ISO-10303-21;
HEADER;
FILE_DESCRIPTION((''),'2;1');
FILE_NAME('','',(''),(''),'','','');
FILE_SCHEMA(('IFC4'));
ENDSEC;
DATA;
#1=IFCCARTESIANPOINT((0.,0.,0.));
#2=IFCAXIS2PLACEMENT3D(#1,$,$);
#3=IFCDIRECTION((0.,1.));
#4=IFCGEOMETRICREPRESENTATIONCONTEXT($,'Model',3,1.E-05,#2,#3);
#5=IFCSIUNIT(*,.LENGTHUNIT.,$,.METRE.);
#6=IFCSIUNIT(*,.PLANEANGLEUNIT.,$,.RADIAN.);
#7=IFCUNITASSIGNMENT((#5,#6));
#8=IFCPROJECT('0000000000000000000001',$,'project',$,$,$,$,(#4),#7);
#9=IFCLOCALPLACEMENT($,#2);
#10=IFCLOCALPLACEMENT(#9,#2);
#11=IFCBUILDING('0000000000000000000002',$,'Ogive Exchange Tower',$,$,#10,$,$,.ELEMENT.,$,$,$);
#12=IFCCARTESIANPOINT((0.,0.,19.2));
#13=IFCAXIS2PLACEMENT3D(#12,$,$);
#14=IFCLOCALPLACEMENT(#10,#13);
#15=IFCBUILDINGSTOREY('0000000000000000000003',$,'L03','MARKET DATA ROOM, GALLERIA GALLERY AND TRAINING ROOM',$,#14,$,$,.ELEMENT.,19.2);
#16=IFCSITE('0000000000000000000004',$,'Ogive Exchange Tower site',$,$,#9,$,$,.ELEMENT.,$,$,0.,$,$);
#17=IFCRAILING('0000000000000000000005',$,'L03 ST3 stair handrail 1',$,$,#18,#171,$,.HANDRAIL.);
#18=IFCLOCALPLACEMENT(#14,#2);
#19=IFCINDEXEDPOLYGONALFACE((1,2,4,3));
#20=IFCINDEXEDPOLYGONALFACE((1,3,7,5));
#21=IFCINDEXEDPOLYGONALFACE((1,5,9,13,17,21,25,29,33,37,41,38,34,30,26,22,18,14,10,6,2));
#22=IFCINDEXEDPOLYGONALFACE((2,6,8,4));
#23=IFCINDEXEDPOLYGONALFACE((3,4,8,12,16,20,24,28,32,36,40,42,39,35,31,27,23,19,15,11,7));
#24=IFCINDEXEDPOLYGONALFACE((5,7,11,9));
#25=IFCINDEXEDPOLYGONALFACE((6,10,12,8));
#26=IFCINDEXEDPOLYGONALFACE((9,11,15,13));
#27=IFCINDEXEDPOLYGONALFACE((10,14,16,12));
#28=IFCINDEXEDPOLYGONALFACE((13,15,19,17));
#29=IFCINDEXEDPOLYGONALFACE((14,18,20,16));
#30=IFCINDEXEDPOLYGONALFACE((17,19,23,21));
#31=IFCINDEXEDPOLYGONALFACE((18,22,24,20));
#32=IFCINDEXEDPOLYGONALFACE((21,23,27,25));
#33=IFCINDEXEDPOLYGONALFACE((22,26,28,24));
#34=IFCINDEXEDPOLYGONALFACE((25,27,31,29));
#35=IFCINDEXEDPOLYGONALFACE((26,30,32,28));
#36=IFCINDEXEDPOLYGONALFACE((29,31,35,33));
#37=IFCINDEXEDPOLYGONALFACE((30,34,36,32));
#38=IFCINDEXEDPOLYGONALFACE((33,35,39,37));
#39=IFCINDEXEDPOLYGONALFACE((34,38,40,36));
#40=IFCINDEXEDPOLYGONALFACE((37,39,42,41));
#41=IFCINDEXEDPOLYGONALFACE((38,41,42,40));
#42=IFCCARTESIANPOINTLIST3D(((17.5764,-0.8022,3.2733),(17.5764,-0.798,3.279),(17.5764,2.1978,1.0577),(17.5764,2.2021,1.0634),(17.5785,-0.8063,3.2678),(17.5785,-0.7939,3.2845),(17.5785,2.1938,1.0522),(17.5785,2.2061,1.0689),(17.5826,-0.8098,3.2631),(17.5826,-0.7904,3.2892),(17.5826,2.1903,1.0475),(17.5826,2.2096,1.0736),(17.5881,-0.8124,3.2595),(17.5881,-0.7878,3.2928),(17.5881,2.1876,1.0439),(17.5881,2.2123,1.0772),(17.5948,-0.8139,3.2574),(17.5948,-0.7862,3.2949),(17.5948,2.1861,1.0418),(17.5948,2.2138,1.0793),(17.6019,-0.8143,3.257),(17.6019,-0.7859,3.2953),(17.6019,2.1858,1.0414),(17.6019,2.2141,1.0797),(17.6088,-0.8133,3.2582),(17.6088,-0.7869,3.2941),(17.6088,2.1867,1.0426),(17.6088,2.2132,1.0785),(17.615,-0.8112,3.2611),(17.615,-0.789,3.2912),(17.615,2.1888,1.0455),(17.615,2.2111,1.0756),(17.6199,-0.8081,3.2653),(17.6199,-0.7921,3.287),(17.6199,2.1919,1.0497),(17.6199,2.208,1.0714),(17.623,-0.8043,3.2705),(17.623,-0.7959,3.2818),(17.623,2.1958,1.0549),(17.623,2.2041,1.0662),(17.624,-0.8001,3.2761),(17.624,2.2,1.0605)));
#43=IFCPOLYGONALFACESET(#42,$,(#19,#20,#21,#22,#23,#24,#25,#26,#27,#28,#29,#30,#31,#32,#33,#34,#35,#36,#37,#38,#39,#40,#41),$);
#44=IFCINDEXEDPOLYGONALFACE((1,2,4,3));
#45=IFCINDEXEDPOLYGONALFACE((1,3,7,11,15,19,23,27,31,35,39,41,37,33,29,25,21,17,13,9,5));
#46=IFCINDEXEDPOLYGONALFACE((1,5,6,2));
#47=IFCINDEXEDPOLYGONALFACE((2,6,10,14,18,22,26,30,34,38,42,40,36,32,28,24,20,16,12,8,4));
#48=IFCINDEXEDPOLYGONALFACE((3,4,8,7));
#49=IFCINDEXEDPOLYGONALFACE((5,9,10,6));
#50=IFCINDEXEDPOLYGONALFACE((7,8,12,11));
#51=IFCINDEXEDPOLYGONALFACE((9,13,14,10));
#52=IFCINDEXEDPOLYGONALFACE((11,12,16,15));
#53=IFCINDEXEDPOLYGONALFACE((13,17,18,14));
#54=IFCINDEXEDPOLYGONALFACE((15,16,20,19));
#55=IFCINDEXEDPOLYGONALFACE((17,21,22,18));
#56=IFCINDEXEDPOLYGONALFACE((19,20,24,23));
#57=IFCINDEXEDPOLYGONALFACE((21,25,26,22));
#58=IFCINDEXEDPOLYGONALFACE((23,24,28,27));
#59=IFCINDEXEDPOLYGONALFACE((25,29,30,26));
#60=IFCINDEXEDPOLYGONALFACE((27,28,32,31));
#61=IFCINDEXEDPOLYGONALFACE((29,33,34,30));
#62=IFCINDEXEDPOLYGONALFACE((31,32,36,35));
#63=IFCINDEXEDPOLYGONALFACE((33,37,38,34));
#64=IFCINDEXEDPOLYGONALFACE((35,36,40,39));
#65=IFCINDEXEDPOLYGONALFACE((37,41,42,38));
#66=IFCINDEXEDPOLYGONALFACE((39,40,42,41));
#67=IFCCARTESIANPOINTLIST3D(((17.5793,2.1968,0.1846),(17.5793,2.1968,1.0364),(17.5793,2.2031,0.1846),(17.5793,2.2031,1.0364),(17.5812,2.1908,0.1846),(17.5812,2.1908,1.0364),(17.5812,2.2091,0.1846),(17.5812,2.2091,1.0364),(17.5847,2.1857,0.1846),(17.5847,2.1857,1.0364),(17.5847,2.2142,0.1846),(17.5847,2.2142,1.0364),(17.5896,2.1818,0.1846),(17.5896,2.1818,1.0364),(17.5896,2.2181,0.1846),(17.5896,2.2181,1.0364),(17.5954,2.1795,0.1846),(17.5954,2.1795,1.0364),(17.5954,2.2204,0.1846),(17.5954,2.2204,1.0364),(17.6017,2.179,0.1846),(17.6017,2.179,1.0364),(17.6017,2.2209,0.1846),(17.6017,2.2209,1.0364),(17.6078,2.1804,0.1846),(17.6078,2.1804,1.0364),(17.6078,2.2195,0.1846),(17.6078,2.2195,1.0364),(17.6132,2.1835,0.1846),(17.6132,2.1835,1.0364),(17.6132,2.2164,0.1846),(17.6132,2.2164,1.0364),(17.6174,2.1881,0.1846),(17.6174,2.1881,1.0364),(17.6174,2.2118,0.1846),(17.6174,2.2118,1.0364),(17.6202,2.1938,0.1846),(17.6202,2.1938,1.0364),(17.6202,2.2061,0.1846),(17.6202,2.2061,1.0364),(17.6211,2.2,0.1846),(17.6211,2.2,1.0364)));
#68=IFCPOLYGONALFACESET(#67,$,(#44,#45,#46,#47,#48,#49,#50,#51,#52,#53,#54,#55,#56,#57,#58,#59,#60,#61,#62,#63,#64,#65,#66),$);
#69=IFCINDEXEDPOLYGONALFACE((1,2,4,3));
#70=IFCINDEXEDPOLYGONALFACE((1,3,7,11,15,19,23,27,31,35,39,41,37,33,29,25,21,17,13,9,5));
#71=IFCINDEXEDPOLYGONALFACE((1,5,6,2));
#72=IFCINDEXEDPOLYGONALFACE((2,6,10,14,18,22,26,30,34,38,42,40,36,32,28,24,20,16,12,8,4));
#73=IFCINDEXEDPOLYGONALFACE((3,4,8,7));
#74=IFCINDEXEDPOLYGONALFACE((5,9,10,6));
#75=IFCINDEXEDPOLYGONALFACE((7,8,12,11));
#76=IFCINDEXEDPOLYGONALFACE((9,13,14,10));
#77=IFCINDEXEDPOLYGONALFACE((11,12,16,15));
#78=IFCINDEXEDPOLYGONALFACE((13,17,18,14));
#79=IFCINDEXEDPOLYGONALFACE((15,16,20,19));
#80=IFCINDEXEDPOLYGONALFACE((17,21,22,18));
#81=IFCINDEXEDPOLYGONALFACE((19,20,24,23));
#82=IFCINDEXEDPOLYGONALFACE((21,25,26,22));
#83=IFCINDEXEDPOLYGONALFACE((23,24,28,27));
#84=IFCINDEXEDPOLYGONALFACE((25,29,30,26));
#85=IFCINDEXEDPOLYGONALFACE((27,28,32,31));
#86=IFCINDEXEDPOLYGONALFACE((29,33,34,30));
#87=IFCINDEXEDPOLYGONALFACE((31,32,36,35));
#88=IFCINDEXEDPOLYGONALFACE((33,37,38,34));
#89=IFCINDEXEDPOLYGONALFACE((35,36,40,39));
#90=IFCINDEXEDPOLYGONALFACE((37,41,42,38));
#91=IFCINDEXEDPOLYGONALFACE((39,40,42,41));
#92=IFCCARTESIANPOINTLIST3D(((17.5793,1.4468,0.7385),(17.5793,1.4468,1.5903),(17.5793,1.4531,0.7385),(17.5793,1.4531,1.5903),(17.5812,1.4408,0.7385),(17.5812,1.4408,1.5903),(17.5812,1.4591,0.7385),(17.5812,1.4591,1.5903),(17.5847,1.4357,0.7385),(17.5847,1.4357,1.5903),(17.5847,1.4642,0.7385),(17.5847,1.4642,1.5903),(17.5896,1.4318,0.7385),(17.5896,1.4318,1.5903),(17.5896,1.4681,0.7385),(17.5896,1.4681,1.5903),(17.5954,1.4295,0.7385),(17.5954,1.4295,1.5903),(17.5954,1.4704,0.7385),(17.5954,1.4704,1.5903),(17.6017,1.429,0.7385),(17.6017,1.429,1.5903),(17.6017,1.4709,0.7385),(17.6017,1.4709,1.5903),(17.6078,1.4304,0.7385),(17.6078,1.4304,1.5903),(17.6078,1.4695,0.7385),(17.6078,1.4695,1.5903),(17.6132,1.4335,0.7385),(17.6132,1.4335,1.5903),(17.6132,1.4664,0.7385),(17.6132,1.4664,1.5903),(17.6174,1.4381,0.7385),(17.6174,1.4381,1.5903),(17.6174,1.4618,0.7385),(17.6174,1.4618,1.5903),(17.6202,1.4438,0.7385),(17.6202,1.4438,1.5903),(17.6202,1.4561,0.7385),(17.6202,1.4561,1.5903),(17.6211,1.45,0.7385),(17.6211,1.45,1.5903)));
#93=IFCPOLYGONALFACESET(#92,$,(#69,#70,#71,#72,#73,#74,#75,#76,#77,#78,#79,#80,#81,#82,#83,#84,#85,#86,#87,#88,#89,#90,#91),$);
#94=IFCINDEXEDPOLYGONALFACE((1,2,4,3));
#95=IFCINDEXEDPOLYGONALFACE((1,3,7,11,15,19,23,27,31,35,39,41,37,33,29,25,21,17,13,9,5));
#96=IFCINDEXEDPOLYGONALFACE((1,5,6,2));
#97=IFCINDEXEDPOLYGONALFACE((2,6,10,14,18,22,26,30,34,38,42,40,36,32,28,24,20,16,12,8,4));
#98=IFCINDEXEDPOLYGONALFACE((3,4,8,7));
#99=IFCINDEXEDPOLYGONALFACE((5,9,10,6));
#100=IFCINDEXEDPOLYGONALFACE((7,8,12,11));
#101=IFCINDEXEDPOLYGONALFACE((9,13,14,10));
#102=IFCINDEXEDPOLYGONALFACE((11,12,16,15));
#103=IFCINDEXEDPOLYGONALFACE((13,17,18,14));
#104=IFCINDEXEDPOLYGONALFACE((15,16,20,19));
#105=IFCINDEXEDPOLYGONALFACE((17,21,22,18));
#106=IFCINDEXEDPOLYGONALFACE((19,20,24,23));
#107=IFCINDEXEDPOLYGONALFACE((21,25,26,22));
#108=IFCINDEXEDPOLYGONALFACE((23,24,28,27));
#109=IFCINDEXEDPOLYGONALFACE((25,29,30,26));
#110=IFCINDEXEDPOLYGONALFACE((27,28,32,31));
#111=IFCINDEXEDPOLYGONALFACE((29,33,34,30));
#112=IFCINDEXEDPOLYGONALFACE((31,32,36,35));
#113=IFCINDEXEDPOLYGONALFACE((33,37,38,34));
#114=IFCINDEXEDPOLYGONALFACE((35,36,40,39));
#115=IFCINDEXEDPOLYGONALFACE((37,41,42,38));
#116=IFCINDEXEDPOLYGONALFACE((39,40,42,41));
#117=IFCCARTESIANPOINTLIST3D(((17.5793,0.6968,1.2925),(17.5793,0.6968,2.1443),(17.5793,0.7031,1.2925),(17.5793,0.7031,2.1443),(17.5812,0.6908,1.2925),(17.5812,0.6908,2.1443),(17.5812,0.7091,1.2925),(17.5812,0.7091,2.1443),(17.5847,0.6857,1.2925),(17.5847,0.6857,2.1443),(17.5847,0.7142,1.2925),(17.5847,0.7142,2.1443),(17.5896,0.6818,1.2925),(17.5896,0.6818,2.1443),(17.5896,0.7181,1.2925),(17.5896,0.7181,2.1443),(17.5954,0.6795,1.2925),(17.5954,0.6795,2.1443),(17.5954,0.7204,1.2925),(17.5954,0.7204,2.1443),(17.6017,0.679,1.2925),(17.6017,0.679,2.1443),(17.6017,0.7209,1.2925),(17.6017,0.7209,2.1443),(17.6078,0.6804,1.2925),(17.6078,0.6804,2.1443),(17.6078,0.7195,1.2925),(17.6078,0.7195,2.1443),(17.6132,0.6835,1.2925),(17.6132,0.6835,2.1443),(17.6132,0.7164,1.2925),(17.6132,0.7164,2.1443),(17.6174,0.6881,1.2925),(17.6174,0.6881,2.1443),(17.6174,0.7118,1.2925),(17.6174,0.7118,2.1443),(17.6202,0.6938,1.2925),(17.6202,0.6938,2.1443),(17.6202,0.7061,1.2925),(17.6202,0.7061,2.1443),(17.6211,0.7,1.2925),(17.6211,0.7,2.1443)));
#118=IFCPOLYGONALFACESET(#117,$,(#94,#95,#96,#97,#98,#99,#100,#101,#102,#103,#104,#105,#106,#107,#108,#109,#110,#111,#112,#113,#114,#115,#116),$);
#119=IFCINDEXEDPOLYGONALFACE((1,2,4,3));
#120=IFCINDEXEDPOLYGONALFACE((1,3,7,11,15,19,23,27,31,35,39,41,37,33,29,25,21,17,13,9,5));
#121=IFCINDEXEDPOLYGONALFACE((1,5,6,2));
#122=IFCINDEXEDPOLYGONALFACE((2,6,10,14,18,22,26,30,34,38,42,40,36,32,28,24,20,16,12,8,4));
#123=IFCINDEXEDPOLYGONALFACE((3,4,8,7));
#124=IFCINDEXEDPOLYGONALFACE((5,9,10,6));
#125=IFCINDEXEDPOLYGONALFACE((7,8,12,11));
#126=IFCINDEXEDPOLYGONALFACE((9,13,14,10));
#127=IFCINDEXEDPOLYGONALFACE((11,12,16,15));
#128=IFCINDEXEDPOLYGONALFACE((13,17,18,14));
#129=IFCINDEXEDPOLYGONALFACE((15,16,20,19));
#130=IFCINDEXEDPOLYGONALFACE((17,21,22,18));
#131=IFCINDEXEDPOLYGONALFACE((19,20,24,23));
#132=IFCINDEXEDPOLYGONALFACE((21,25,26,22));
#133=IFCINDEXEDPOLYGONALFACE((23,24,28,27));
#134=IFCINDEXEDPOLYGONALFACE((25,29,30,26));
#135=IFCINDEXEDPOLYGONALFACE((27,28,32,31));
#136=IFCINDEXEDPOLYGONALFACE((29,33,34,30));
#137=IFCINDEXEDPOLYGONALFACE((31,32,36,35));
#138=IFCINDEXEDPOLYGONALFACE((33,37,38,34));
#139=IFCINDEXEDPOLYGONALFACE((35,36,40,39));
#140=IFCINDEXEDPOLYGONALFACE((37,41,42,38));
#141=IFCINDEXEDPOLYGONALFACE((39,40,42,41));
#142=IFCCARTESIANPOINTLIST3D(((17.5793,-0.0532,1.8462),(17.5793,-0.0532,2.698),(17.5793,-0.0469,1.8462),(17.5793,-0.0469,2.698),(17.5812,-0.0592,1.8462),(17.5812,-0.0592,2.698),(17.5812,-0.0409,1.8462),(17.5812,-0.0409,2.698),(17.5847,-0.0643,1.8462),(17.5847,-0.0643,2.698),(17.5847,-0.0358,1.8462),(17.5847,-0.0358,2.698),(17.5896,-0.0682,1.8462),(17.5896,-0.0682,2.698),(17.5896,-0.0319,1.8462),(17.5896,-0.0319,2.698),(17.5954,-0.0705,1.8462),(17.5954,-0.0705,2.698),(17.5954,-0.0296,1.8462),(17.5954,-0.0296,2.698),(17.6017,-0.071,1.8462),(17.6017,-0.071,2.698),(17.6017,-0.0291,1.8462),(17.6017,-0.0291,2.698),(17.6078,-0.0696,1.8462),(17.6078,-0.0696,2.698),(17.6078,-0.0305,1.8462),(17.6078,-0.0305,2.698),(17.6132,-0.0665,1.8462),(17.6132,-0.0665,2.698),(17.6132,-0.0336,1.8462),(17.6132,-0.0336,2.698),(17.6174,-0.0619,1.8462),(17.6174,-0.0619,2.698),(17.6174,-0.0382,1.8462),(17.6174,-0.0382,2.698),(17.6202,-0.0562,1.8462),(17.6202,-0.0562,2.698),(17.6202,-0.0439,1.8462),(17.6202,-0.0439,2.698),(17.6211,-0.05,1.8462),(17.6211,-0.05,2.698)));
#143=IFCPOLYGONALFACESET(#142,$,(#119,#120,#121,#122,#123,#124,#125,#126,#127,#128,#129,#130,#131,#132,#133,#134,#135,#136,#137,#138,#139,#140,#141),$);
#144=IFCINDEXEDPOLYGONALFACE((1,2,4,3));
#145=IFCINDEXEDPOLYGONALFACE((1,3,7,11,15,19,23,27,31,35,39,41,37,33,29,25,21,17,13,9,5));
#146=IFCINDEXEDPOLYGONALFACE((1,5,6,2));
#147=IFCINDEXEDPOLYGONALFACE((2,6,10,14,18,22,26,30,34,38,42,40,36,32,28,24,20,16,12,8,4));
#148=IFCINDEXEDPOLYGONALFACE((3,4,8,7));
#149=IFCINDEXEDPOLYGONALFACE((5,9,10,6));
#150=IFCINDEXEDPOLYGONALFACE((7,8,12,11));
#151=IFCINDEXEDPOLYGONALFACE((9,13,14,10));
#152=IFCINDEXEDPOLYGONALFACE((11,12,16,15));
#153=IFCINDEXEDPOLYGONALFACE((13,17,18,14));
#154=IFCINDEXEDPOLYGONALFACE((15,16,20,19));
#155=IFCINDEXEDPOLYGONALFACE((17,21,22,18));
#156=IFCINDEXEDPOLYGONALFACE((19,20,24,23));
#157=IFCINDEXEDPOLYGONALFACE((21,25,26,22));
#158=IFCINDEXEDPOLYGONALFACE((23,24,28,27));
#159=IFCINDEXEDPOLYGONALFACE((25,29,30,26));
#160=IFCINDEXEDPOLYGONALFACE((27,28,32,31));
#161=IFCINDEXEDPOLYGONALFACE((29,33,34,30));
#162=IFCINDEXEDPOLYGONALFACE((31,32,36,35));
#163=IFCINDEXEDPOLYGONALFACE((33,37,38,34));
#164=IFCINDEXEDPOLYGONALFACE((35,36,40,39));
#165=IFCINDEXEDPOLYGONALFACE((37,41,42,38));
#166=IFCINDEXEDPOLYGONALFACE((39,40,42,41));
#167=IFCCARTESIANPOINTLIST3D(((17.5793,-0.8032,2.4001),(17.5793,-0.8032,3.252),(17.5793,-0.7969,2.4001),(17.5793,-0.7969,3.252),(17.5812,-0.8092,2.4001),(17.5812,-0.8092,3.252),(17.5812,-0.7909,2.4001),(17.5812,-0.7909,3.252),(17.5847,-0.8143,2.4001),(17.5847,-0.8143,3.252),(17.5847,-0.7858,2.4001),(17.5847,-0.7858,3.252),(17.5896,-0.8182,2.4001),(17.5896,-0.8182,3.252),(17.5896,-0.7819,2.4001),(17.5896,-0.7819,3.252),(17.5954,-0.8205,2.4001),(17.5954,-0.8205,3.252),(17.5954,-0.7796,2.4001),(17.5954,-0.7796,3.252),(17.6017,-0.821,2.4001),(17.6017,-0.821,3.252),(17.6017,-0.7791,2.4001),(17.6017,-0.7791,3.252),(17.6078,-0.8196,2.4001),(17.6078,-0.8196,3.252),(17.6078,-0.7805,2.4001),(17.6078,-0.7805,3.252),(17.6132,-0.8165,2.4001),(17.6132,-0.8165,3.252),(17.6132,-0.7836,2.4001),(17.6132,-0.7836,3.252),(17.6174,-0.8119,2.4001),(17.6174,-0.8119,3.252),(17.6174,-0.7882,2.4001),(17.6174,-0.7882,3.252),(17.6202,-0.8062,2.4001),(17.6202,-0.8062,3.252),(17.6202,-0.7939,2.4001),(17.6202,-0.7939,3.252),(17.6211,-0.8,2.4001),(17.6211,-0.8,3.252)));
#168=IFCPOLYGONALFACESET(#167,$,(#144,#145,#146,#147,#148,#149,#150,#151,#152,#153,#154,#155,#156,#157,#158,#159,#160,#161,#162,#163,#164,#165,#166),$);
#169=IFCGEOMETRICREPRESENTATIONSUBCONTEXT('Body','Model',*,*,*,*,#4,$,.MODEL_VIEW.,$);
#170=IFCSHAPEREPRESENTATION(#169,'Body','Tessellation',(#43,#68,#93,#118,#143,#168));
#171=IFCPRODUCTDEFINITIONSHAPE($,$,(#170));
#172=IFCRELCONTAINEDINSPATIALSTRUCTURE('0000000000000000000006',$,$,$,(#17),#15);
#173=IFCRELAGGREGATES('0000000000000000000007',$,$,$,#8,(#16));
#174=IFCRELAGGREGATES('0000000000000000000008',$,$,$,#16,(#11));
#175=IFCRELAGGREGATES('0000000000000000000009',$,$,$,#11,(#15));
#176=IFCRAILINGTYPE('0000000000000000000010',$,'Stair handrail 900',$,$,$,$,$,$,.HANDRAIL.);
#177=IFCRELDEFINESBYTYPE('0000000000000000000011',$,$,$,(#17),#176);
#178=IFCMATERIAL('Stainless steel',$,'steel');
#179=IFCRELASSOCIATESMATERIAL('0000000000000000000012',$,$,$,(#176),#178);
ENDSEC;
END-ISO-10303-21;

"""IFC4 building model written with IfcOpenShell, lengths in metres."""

from ifc_helpers import new_model, si_unit, direction, frame, origin, origin_2d, place, context, subcontext, project, spatial, circle, extrude, material, type_object, element, save


model = new_model("IFC4")

# Units and contexts
model_context = context("Model", 3, precision=1e-05, world=origin(), true_north=direction((0.0, 1.0)))
body_context = subcontext(model_context, "Body", "Model", "MODEL_VIEW")
ifc_project = project(units=[si_unit("LENGTHUNIT", "METRE"), si_unit("PLANEANGLEUNIT", "RADIAN")], contexts=[model_context])

# Site, building, storey
site_placement = place(None, origin())
site = spatial("IfcSite", under=ifc_project, at=site_placement, Name="Ogive Exchange Tower site", CompositionType="ELEMENT", RefElevation=0.0)
building_placement = place(site_placement, origin())
building = spatial("IfcBuilding", under=site, at=building_placement, Name="Ogive Exchange Tower", CompositionType="ELEMENT")
storey_placement = place(building_placement, frame((0.0, 0.0, 19.2)))
storey = spatial("IfcBuildingStorey", under=building, at=storey_placement, Name="L03", Description="MARKET DATA ROOM, GALLERIA GALLERY AND TRAINING ROOM", CompositionType="ELEMENT", Elevation=19.2)

# Shared definitions
ifc_material_1 = material(Name="Stainless steel", Category="steel")

# Railing
railing_type = type_object("IfcRailingType", Name="Stair handrail 900", PredefinedType="HANDRAIL", material=ifc_material_1)
railing_placement = place(storey_placement, frame((17.6001, 2.2, 0.1846)))
element("IfcRailing", 1, at=railing_placement, inside=storey, type_object=railing_type, Name="L03 ST3 stair handrail 1", PredefinedType="HANDRAIL", context=body_context, shape_type="SweptSolid", body=[
    extrude(circle(Radius=0.0239, at=origin_2d()), frame((0.0, 0.0, 0.876), z_axis=(0.0, -0.804409, 0.594076), x_axis=(1.0, 0.0, 0.0)), (0.0, 0.0, 1.0), 3.7295),
    extrude(circle(Radius=0.021, at=origin_2d()), origin(), (0.0, 0.0, 1.0), 0.8518),
    extrude(circle(Radius=0.021, at=origin_2d()), frame((0.0, -0.75, 0.554)), (0.0, 0.0, 1.0), 0.8518),
    extrude(circle(Radius=0.021, at=origin_2d()), frame((0.0, -1.5, 1.1079)), (0.0, 0.0, 1.0), 0.8518),
    extrude(circle(Radius=0.021, at=origin_2d()), frame((0.0, -2.25, 1.6616)), (0.0, 0.0, 1.0), 0.8518),
    extrude(circle(Radius=0.021, at=origin_2d()), frame((0.0, -3.0, 2.2156)), (0.0, 0.0, 1.0), 0.8518),
])

save(model, "model.ifc")
